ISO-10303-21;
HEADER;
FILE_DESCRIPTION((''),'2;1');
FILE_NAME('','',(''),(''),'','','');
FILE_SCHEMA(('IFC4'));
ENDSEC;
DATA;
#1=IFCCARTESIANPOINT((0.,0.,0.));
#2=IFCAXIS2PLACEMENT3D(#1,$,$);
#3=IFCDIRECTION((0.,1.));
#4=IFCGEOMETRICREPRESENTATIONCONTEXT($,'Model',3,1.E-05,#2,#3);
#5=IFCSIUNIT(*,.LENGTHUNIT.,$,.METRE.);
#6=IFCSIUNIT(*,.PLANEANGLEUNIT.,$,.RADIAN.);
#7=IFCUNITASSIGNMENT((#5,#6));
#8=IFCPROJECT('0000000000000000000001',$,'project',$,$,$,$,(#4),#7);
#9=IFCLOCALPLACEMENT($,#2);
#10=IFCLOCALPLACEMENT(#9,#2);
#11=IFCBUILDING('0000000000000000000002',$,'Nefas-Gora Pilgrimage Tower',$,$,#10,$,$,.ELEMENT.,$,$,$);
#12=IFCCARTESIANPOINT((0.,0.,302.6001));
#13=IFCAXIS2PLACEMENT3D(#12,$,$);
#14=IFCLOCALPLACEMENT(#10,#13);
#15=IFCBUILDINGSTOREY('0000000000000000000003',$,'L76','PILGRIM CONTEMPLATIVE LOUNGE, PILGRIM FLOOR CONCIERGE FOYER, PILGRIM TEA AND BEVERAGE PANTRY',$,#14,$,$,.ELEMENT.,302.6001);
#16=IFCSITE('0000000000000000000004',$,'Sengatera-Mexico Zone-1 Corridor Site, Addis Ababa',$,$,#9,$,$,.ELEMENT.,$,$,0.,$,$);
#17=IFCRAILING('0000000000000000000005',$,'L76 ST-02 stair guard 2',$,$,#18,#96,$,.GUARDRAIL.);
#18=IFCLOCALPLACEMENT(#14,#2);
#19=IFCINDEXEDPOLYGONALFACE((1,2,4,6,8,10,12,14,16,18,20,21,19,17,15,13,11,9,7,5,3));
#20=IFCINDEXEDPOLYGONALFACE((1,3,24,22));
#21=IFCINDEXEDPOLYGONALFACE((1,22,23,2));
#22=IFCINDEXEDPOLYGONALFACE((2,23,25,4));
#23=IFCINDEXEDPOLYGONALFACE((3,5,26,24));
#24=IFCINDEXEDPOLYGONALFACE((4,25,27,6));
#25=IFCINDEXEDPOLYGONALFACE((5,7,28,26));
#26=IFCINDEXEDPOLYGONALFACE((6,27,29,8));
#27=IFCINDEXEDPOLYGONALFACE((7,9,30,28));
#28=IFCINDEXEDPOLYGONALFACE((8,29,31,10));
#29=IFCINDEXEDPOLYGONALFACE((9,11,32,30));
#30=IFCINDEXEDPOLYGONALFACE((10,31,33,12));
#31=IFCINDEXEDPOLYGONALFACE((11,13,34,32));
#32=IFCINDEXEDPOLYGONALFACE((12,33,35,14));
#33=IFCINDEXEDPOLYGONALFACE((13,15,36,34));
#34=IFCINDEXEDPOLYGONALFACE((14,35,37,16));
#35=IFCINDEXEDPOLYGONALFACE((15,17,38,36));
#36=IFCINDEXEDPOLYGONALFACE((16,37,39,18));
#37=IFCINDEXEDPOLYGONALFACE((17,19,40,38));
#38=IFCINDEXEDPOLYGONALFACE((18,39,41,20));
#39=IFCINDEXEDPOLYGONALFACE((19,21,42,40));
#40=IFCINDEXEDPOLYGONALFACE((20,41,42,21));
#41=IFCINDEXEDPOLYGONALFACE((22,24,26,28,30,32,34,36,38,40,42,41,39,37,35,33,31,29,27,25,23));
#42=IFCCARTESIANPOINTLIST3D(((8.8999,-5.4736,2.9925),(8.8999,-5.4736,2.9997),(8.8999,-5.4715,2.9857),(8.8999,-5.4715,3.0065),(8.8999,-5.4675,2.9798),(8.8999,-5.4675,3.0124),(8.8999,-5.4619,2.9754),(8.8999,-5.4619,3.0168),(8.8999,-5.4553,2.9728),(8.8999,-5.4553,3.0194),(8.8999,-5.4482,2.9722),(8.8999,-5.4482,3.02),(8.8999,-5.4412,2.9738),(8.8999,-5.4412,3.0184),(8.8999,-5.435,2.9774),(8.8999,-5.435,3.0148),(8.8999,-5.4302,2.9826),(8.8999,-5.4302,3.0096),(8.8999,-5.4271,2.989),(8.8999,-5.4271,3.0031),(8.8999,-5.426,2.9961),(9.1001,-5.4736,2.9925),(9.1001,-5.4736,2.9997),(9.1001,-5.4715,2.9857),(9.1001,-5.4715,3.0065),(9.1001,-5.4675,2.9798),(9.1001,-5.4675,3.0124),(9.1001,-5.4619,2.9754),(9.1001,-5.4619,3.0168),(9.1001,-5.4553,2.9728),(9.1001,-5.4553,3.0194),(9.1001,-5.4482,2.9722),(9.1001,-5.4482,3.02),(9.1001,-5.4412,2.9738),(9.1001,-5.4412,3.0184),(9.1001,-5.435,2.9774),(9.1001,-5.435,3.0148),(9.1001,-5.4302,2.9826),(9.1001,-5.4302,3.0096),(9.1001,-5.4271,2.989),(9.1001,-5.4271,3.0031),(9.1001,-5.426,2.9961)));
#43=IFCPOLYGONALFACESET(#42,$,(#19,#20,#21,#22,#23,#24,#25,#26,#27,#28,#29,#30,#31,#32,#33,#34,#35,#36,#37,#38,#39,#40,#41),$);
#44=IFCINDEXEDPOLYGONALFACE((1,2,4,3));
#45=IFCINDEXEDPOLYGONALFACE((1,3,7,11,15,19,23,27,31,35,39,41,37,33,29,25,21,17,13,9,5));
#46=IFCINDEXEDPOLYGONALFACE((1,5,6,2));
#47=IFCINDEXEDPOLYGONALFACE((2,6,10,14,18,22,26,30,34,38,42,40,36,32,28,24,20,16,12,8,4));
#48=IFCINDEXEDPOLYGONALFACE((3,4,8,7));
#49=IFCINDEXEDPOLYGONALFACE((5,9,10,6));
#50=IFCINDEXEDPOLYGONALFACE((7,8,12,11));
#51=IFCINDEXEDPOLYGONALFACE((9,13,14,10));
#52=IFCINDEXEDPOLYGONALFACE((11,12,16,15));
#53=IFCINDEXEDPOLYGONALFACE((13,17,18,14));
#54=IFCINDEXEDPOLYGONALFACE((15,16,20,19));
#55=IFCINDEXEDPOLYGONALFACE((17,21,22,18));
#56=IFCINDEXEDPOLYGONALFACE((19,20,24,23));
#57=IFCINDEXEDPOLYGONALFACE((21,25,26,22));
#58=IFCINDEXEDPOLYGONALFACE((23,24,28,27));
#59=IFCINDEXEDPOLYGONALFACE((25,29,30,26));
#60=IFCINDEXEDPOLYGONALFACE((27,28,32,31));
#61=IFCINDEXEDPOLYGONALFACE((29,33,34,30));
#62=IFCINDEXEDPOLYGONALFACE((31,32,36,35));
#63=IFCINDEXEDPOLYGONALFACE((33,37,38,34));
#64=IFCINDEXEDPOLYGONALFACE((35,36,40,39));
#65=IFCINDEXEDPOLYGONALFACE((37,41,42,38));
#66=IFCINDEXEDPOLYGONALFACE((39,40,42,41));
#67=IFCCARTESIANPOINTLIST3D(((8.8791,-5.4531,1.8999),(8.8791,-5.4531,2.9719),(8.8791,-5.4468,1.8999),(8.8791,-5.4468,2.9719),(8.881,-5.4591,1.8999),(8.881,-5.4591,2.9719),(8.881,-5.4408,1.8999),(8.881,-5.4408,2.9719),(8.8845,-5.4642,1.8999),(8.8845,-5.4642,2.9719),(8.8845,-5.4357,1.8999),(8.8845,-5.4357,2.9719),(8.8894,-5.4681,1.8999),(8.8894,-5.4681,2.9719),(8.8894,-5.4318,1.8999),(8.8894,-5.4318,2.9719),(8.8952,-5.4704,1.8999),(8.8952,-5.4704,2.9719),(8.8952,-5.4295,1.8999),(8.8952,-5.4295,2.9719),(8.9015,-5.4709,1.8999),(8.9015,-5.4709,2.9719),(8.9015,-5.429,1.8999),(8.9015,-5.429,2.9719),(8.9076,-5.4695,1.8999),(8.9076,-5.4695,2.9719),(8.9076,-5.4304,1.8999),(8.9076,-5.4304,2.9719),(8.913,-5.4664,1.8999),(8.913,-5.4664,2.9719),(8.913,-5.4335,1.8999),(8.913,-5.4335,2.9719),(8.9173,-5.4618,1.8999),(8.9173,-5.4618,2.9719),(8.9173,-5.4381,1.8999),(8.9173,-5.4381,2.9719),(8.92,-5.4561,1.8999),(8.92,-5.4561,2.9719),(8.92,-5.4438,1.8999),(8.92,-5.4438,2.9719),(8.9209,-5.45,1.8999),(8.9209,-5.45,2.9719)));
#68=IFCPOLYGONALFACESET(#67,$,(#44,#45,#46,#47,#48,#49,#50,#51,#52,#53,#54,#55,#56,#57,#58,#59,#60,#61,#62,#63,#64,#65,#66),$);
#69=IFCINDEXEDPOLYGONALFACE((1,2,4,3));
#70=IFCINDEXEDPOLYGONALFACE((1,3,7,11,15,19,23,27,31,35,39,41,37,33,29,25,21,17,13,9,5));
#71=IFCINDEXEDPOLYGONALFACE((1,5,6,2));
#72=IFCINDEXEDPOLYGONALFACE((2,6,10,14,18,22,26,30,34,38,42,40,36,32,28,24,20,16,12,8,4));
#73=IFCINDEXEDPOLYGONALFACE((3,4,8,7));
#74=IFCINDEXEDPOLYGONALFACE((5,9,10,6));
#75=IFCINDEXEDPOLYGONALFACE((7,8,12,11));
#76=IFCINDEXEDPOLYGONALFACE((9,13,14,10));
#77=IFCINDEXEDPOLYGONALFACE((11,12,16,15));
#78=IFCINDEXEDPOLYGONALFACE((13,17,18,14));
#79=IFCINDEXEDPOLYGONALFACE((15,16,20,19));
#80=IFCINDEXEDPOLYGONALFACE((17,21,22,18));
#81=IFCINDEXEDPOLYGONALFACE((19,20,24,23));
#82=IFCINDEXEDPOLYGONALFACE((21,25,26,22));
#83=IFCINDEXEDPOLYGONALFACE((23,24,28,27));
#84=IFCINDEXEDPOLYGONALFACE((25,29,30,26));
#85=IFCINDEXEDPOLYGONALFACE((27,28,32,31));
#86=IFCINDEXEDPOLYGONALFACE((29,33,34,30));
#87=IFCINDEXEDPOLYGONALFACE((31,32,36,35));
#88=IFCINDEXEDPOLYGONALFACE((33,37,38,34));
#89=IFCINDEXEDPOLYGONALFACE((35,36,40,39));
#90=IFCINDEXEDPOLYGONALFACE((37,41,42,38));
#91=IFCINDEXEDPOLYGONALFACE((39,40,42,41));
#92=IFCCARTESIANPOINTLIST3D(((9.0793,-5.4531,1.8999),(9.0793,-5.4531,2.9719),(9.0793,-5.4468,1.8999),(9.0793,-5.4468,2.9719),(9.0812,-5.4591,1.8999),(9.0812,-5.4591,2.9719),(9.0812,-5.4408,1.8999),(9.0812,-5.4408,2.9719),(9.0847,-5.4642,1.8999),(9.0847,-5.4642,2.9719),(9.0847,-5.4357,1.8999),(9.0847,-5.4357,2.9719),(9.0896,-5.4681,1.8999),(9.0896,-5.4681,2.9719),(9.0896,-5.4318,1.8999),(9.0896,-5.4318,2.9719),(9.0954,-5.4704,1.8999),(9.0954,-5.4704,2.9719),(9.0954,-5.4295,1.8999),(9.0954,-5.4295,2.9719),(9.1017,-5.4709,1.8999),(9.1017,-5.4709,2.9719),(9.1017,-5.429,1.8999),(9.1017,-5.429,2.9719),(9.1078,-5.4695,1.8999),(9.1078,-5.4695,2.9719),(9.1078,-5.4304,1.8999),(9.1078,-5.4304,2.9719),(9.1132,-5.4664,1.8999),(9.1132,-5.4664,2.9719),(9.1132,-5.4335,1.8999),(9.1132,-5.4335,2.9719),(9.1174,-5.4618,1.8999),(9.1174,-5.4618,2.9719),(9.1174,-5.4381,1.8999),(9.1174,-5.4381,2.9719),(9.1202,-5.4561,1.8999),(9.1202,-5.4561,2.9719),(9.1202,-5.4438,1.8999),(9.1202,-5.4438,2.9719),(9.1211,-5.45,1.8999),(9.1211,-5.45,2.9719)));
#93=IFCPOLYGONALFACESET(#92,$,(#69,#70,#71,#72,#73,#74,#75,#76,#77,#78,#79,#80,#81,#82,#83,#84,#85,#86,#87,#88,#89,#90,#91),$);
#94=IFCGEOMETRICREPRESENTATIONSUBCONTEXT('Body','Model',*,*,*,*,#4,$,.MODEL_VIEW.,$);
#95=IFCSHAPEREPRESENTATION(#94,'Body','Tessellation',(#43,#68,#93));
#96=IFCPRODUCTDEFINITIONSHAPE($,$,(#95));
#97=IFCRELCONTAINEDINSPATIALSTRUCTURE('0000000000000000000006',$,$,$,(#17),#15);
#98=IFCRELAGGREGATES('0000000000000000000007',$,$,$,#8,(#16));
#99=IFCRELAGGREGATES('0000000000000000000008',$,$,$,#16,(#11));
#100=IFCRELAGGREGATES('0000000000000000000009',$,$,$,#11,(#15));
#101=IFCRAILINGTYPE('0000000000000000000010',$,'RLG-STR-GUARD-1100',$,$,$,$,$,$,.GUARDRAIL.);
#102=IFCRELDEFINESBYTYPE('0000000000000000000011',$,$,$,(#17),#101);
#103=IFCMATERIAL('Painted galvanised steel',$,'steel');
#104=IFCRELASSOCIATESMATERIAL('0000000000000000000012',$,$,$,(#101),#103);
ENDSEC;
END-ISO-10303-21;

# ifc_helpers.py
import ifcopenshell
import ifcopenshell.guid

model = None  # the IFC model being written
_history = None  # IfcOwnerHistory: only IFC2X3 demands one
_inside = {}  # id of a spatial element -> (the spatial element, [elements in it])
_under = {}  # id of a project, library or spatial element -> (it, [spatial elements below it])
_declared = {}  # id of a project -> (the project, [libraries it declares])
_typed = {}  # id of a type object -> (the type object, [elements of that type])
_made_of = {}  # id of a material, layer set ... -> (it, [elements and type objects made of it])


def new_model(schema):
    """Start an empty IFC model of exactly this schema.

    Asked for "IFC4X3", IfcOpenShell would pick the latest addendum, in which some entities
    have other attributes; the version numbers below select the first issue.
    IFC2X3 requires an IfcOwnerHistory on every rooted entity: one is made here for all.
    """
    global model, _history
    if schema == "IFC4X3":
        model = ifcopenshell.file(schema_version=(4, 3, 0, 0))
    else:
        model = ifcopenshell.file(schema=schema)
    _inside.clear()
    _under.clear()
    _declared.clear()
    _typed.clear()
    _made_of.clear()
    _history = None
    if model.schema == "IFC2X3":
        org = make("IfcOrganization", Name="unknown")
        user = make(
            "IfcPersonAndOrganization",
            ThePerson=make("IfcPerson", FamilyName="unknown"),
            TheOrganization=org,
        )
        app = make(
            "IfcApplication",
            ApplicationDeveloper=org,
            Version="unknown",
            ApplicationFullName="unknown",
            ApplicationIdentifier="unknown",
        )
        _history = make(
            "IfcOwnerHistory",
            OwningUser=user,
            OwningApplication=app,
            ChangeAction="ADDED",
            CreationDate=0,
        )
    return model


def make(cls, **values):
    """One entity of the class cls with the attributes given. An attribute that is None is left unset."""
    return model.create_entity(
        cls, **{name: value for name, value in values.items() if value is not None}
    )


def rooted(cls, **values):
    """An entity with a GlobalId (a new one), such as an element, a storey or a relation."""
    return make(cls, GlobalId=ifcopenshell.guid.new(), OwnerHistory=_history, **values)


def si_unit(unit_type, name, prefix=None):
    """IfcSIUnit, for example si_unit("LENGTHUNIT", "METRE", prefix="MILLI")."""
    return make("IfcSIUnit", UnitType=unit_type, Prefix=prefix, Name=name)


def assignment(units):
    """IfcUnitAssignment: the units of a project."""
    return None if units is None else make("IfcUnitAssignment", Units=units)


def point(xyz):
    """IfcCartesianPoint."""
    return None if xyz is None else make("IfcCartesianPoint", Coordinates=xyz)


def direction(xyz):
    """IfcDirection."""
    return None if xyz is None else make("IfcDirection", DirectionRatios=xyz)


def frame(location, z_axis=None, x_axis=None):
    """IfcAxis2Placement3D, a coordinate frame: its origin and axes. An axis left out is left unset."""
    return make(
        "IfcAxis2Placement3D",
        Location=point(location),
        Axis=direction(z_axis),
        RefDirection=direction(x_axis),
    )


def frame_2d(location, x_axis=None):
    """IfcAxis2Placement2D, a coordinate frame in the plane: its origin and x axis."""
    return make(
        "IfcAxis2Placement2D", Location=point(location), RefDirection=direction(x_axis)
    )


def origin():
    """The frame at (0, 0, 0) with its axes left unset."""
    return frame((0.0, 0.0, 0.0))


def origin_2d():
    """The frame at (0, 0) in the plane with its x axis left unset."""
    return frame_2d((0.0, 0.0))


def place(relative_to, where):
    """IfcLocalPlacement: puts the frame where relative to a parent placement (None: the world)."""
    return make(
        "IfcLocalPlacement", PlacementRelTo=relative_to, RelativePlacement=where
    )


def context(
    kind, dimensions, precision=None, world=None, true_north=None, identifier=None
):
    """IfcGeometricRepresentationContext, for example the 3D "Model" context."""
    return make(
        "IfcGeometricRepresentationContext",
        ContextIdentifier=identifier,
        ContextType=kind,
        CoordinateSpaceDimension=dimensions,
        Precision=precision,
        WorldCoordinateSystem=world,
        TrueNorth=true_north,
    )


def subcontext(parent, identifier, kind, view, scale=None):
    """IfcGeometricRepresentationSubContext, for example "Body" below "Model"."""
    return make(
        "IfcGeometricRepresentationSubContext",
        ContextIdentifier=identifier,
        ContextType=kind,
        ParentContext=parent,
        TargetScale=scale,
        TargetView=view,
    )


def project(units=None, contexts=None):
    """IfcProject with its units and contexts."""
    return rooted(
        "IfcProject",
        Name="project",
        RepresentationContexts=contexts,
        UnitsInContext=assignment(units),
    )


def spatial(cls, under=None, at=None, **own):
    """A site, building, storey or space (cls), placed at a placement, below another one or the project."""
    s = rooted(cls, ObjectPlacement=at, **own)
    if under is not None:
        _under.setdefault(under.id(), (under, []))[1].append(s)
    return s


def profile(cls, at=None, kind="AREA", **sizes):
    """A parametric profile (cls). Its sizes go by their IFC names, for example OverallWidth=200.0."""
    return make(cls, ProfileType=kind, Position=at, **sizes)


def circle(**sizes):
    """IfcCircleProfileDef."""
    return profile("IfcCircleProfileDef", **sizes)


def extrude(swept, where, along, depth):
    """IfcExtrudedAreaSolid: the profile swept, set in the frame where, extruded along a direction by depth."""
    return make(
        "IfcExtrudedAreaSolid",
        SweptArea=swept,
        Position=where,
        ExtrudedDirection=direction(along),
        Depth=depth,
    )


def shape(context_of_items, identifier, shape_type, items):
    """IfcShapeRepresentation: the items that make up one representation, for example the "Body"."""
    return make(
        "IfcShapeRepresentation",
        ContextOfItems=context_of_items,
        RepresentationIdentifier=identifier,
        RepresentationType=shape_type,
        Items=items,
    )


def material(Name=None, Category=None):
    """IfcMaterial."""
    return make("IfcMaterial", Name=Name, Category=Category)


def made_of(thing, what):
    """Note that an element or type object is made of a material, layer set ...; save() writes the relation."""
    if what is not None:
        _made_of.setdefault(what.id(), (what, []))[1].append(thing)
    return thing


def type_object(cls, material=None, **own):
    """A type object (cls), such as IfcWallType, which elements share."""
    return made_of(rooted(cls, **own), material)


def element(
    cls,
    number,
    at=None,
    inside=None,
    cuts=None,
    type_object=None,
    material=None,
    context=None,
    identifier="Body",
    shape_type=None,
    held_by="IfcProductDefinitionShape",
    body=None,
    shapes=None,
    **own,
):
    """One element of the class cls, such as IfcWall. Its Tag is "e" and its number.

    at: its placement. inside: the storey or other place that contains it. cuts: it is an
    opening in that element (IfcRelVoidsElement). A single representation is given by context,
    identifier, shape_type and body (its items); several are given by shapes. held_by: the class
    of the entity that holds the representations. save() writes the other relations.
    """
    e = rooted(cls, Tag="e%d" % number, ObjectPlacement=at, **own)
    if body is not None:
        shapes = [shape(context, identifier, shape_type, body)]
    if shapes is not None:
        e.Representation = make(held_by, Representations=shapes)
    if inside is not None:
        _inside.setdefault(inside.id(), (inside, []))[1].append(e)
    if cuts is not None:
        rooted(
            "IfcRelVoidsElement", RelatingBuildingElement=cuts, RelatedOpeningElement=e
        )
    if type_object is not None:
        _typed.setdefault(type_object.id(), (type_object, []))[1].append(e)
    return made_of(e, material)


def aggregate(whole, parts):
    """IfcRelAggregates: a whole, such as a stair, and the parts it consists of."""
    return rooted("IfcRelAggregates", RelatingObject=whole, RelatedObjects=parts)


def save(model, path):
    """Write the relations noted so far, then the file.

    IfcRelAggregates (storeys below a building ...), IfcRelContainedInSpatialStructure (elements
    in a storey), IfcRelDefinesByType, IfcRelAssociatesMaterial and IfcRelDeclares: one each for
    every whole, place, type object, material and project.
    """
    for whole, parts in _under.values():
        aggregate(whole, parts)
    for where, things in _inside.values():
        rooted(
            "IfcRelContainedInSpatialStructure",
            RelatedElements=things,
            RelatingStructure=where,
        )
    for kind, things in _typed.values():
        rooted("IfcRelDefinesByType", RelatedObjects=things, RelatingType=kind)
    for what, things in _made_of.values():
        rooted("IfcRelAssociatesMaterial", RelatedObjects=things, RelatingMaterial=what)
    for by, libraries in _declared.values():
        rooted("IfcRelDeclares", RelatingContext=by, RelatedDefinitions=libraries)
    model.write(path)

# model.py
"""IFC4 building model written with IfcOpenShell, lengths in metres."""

from ifc_helpers import new_model, si_unit, direction, frame, origin, origin_2d, place, context, subcontext, project, spatial, circle, extrude, material, type_object, element, save


model = new_model("IFC4")

# Units and contexts
model_context = context("Model", 3, precision=1e-05, world=origin(), true_north=direction((0.0, 1.0)))
body_context = subcontext(model_context, "Body", "Model", "MODEL_VIEW")
ifc_project = project(units=[si_unit("LENGTHUNIT", "METRE"), si_unit("PLANEANGLEUNIT", "RADIAN")], contexts=[model_context])

# Site, building, storey
site_placement = place(None, origin())
site = spatial("IfcSite", under=ifc_project, at=site_placement, Name="Sengatera-Mexico Zone-1 Corridor Site, Addis Ababa", CompositionType="ELEMENT", RefElevation=0.0)
building_placement = place(site_placement, origin())
building = spatial("IfcBuilding", under=site, at=building_placement, Name="Nefas-Gora Pilgrimage Tower", CompositionType="ELEMENT")
storey_placement = place(building_placement, frame((0.0, 0.0, 302.6001)))
storey = spatial("IfcBuildingStorey", under=building, at=storey_placement, Name="L76", Description="PILGRIM CONTEMPLATIVE LOUNGE, PILGRIM FLOOR CONCIERGE FOYER, PILGRIM TEA AND BEVERAGE PANTRY", CompositionType="ELEMENT", Elevation=302.6001)

# Railing
ifc_material_1 = material(Name="Painted galvanised steel", Category="steel")
railing_type_1 = type_object("IfcRailingType", Name="RLG-STR-GUARD-1100", PredefinedType="GUARDRAIL", material=ifc_material_1)
railing_1_placement = place(storey_placement, frame((8.8999, -5.45, 1.8999)))
element("IfcRailing", 1, at=railing_1_placement, inside=storey, type_object=railing_type_1, Name="L76 ST-02 stair guard 2", PredefinedType="GUARDRAIL", context=body_context, shape_type="SweptSolid", body=[
    extrude(circle(Radius=0.0239, at=origin_2d()), frame((0.0, 0.0, 1.0962), z_axis=(1.0, 0.0, 0.0), x_axis=(0.0, 1.0, 0.0)), (0.0, 0.0, 1.0), 0.2002),
    extrude(circle(Radius=0.021, at=origin_2d()), origin(), (0.0, 0.0, 1.0), 1.072),
    extrude(circle(Radius=0.021, at=origin_2d()), frame((0.2002, 0.0, 0.0)), (0.0, 0.0, 1.0), 1.072),
])

save(model, "model.ifc")
